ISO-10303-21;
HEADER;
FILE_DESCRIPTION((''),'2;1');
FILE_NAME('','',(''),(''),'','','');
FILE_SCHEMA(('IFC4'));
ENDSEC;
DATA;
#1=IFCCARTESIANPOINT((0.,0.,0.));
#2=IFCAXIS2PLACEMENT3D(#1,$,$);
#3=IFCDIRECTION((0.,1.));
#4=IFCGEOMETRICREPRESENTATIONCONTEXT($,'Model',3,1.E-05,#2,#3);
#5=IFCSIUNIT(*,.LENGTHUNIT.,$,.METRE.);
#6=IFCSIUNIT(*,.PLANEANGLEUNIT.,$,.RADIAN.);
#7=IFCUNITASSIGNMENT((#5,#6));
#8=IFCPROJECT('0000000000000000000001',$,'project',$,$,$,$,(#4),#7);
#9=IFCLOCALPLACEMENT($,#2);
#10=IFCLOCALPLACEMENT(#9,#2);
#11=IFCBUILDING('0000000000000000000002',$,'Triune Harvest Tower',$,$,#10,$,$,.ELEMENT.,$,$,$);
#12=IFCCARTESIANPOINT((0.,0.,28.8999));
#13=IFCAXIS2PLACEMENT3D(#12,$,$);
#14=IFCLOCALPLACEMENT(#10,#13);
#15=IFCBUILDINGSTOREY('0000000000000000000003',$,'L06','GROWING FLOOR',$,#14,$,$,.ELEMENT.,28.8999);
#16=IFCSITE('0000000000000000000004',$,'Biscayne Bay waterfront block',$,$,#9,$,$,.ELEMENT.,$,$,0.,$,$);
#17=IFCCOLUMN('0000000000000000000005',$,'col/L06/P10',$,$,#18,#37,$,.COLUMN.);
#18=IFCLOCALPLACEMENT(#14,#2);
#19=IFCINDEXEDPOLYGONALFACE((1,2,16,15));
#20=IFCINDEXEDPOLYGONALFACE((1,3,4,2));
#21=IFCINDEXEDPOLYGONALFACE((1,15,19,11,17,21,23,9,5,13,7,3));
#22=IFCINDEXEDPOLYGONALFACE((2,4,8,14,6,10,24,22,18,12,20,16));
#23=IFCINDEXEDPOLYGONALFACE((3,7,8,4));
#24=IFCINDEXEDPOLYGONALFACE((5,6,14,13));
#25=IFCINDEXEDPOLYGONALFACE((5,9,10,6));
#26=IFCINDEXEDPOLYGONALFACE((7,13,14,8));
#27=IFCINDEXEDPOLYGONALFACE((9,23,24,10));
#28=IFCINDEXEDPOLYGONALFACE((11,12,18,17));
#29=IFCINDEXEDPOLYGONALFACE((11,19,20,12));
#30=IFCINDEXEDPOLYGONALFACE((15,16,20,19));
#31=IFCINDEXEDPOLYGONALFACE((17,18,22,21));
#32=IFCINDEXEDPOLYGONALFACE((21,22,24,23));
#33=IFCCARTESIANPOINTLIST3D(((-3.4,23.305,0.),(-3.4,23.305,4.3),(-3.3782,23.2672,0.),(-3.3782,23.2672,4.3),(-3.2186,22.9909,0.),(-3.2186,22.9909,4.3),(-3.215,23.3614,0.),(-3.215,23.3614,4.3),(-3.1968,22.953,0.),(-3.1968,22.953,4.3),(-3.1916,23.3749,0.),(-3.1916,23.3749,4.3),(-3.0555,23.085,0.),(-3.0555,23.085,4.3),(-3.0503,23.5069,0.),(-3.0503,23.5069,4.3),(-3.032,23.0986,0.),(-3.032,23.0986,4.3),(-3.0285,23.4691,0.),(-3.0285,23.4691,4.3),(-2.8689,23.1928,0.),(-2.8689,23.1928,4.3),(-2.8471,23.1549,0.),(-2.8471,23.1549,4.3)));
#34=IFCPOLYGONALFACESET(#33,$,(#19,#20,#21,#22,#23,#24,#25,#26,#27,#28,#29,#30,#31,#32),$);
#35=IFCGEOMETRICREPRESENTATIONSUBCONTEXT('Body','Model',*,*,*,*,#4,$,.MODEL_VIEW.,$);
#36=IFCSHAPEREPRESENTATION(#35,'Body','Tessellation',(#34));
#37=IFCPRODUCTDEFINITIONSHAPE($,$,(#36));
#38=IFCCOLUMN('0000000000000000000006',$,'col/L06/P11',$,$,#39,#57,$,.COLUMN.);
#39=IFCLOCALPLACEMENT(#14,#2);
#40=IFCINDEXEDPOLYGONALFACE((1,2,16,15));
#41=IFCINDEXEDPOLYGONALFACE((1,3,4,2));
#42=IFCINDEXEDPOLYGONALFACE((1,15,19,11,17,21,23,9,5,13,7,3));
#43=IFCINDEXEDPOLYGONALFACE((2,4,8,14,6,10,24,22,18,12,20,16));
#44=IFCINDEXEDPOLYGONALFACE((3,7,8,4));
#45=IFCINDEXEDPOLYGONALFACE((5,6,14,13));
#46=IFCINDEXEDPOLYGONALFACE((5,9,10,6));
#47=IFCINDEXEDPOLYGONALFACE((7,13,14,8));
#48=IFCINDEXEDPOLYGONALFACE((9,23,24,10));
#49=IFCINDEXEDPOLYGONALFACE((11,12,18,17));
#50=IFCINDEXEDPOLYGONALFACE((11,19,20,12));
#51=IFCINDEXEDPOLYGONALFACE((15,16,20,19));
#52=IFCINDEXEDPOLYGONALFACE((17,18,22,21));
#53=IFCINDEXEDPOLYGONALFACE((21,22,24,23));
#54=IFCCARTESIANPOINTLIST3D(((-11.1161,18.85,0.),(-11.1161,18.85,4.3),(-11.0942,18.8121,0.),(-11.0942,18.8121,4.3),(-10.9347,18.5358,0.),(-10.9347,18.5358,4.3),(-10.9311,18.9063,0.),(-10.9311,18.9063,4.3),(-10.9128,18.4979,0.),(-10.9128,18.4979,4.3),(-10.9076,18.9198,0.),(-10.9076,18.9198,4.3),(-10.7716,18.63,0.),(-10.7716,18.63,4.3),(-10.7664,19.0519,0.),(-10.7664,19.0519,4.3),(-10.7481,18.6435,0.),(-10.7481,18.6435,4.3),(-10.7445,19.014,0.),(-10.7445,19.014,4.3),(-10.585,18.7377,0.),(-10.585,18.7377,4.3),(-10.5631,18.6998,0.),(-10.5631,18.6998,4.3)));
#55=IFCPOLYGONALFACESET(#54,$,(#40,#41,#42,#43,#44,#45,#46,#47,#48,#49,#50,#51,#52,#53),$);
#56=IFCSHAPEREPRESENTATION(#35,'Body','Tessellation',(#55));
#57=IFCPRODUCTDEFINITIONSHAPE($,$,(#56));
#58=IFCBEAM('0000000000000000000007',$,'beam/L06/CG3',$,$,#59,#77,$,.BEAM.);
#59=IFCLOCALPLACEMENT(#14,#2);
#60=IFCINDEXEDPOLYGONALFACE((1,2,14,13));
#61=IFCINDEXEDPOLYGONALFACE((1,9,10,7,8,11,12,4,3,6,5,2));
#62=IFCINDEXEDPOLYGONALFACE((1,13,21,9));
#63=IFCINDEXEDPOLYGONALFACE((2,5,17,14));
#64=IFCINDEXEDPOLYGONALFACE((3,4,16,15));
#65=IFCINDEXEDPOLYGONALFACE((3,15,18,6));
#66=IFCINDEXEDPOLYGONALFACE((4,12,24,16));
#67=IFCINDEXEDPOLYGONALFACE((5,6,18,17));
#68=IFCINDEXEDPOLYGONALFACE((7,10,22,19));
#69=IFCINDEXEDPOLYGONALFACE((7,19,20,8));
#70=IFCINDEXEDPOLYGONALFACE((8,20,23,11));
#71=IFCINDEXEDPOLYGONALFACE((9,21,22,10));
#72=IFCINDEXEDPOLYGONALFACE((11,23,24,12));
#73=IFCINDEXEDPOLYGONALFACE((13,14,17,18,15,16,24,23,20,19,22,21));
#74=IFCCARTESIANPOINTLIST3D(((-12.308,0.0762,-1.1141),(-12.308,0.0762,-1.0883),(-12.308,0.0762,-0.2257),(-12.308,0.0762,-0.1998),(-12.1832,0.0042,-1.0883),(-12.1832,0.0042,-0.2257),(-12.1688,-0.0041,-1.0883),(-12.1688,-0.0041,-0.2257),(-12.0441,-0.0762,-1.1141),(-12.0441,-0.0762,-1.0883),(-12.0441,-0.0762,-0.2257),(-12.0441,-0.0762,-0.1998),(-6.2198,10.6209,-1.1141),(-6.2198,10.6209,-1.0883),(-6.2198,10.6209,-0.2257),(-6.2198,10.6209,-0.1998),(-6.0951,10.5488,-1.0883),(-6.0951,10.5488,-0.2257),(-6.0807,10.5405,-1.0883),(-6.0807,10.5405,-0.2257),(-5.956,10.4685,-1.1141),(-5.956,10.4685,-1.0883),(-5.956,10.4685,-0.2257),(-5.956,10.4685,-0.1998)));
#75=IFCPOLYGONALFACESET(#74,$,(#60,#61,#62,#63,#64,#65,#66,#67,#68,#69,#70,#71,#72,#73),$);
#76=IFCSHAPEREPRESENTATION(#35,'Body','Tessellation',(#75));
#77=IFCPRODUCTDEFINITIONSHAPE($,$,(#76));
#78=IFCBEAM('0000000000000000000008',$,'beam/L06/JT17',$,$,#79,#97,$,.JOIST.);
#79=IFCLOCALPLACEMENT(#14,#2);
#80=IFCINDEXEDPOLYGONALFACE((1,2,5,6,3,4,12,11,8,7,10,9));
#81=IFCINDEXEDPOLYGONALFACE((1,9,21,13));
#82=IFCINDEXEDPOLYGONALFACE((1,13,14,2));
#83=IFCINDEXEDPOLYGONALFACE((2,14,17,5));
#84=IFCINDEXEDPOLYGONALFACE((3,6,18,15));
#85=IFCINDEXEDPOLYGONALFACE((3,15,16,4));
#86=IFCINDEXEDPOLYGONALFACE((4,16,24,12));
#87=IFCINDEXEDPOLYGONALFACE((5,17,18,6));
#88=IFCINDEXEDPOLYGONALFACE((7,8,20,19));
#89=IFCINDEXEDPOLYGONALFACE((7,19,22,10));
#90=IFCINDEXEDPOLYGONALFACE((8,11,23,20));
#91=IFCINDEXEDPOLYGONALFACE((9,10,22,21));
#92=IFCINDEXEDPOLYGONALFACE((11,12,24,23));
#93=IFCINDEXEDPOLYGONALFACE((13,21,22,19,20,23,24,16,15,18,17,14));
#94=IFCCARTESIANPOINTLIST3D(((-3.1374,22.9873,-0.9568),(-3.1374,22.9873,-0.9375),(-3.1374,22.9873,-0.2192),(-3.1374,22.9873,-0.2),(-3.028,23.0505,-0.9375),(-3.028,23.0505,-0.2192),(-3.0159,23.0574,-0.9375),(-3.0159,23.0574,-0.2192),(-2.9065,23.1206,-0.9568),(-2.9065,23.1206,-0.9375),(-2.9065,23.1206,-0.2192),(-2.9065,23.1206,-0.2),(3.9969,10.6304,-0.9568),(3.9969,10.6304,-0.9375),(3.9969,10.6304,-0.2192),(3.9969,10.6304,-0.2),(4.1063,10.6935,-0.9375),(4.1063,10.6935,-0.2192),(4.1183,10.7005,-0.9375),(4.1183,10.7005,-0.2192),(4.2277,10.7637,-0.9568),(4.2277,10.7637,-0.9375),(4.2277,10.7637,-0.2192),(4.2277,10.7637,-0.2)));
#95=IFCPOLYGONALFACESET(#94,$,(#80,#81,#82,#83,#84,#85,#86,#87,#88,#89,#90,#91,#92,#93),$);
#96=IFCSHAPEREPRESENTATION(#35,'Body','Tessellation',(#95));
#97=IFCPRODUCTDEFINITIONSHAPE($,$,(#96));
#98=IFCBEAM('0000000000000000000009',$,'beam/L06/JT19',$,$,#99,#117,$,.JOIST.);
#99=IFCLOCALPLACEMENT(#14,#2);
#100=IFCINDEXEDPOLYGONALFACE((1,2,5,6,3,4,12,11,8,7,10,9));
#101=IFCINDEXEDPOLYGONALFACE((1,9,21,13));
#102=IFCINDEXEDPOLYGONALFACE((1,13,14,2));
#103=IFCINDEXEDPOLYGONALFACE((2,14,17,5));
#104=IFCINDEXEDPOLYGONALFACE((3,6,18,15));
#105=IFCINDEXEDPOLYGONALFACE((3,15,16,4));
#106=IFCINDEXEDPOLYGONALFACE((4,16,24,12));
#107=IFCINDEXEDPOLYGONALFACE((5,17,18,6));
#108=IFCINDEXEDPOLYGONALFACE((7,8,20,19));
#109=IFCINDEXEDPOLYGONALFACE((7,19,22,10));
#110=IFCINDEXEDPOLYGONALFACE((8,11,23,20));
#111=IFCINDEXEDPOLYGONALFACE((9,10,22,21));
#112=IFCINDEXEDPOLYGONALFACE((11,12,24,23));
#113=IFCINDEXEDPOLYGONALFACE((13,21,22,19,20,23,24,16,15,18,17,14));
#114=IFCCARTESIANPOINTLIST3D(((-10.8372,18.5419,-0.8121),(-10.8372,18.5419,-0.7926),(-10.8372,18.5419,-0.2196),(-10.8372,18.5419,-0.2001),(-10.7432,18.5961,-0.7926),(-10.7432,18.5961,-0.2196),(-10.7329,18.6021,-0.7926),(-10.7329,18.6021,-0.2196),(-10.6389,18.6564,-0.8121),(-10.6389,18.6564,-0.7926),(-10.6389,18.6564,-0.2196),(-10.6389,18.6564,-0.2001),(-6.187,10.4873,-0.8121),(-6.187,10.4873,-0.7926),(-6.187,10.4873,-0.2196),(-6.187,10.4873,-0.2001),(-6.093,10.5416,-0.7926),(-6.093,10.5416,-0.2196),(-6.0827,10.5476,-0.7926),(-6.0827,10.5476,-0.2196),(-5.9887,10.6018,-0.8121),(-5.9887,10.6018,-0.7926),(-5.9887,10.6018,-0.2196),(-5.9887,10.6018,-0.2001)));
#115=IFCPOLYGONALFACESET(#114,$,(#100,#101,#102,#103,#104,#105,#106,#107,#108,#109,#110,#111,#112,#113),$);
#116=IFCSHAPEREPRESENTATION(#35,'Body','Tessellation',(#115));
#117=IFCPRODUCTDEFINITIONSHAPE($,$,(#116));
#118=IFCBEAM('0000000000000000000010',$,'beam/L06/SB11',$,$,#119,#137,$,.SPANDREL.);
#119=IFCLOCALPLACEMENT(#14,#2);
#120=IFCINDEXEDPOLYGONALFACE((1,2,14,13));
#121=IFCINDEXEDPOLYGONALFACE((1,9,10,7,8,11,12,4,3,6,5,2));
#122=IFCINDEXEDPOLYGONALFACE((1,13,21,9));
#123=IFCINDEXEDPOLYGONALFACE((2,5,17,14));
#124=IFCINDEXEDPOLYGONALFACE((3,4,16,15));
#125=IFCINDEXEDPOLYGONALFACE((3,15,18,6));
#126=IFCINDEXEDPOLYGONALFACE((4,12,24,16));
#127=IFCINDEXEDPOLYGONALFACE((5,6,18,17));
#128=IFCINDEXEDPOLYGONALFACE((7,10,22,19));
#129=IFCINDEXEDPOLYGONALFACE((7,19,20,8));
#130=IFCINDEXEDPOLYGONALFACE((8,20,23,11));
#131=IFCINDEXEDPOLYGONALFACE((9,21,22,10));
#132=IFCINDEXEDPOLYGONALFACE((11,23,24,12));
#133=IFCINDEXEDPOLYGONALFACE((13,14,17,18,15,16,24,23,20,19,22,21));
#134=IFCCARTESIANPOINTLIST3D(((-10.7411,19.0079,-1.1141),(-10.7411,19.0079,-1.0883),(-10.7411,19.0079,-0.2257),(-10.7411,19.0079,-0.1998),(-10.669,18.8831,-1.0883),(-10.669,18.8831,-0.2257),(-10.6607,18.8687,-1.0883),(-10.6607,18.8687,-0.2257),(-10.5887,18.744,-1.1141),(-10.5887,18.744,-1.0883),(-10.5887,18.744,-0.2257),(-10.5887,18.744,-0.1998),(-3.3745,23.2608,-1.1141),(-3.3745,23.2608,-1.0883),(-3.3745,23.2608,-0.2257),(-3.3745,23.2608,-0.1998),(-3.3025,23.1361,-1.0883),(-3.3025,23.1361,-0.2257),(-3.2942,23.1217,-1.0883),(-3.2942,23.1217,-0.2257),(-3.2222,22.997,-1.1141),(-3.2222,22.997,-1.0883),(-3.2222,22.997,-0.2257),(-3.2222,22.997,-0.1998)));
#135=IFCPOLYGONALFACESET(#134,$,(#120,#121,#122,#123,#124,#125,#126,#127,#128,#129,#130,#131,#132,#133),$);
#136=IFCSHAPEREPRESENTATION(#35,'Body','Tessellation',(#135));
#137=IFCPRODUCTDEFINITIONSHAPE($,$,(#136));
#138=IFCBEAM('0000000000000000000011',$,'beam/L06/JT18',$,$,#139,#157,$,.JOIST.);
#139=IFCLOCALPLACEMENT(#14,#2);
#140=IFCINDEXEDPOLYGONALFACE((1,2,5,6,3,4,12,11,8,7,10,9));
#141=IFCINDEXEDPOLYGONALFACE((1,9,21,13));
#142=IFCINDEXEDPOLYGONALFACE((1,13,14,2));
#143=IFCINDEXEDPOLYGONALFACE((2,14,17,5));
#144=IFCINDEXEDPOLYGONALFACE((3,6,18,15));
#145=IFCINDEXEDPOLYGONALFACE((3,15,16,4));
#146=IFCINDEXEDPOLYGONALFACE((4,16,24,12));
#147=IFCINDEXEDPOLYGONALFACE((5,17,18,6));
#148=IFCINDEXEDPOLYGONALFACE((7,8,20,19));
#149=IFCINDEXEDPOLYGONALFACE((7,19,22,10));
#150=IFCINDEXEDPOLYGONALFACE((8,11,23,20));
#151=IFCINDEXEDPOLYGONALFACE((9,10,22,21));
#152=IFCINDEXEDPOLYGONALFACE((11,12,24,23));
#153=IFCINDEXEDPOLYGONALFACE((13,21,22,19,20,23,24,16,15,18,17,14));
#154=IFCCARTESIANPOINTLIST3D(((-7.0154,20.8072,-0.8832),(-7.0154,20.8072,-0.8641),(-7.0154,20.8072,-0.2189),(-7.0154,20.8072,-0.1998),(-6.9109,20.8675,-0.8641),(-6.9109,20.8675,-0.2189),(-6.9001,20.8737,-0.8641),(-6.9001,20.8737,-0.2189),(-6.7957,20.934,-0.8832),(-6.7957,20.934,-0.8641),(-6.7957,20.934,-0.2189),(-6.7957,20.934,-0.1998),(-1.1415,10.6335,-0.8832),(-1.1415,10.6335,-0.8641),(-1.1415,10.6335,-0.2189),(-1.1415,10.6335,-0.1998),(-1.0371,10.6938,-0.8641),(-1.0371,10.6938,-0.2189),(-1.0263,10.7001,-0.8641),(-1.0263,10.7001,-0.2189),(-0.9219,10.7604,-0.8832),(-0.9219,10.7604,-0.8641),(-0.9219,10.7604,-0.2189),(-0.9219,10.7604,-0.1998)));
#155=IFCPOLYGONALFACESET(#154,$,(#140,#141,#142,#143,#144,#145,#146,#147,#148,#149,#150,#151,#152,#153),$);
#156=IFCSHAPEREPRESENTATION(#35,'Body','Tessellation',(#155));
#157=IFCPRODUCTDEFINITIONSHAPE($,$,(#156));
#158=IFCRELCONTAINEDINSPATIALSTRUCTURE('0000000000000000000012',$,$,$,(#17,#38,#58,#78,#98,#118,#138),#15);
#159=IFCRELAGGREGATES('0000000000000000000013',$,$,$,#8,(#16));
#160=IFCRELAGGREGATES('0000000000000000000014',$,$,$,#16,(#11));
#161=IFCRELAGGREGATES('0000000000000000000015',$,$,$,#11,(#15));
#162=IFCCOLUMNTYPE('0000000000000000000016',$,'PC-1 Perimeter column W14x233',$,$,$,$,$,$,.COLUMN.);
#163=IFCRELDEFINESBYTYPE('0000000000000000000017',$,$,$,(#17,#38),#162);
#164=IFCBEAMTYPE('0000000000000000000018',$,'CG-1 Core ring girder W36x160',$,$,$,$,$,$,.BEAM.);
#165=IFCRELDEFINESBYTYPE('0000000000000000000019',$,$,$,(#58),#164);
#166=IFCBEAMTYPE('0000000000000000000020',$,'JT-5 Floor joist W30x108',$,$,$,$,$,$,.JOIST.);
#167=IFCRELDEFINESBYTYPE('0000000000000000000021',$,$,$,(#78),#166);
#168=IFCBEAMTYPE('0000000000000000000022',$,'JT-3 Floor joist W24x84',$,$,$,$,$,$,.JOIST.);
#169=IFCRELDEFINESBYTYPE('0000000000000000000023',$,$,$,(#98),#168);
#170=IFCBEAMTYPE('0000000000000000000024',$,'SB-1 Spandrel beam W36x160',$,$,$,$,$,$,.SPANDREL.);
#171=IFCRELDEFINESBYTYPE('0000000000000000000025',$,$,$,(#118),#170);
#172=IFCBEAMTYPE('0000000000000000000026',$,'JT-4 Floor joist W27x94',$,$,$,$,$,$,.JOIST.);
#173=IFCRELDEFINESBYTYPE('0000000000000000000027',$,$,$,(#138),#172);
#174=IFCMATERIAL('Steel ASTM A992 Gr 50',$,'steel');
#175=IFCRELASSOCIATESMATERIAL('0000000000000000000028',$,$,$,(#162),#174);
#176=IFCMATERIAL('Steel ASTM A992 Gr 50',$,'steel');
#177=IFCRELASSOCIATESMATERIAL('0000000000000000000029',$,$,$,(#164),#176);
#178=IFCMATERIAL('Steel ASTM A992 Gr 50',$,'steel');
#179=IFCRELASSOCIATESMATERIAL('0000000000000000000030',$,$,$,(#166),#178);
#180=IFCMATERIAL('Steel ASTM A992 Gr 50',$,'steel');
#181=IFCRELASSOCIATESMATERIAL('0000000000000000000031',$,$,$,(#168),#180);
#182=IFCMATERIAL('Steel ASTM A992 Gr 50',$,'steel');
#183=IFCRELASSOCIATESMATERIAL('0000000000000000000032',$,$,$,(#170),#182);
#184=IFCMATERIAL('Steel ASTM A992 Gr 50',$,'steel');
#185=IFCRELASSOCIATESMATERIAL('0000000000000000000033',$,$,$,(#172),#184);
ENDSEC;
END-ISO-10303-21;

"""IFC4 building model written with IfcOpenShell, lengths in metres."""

from ifc_helpers import new_model, si_unit, direction, frame, origin, origin_2d, place, context, subcontext, project, spatial, i_section, extrude, source, transform, mapped, material, material_profile, profile_set, type_object, element, save


model = new_model("IFC4")

# Units and contexts
model_context = context("Model", 3, precision=1e-05, world=origin(), true_north=direction((0.0, 1.0)))
body_context = subcontext(model_context, "Body", "Model", "MODEL_VIEW")
ifc_project = project(units=[si_unit("LENGTHUNIT", "METRE"), si_unit("PLANEANGLEUNIT", "RADIAN")], contexts=[model_context])

# Site, building, storey
site_placement = place(None, origin())
site = spatial("IfcSite", under=ifc_project, at=site_placement, Name="Biscayne Bay waterfront block", CompositionType="ELEMENT", RefElevation=0.0)
building_placement = place(site_placement, origin())
building = spatial("IfcBuilding", under=site, at=building_placement, Name="Triune Harvest Tower", CompositionType="ELEMENT")
storey_placement = place(building_placement, frame((0.0, 0.0, 28.8999)))
storey = spatial("IfcBuildingStorey", under=building, at=storey_placement, Name="L06", Description="GROWING FLOOR", CompositionType="ELEMENT", Elevation=28.8999)

# Columns
ifc_material_1 = material(Name="Steel ASTM A992 Gr 50", Category="steel")
ifc_material_profile_1 = material_profile(ifc_material_1, i_section(OverallWidth=0.4038, OverallDepth=0.4065, WebThickness=0.0271, FlangeThickness=0.0437, at=origin_2d()), Name="W14x233")
ifc_profile_set_1 = profile_set([ifc_material_profile_1], Name="Steel ASTM A992 Gr 50")
column_type = type_object("IfcColumnType", Name="PC-1 Perimeter column W14x233", PredefinedType="COLUMN", material=ifc_profile_set_1)
shared_shape_1 = source(origin(), body_context, "Body", "SweptSolid", [
    extrude(i_section(OverallWidth=0.4038, OverallDepth=0.4065, WebThickness=0.0271, FlangeThickness=0.0437, at=origin_2d()), origin(), (0.0, 0.0, 1.0), 4.3),
])
for number, where, z_axis, x_axis, name in (
    (1, (-3.1235, 23.23, 0.0), (0.0, 0.0, 1.0), (-0.866025, -0.5, 0.0), "col/L06/P10"),
    (2, (-10.8396, 18.7749, 0.0), (0.0, 0.0, 1.0), (-0.866025, -0.5, 0.0), "col/L06/P11"),
):
    element("IfcColumn", number, at=place(storey_placement, frame(where, z_axis=z_axis, x_axis=x_axis)), inside=storey, type_object=column_type, Name=name, PredefinedType="COLUMN", context=body_context, shape_type="MappedRepresentation", body=[
        mapped(shared_shape_1, transform((0.0, 0.0, 0.0), scale=1.0)),
    ])

# Beams
ifc_material_2 = material(Name="Steel ASTM A992 Gr 50", Category="steel")
ifc_material_profile_2 = material_profile(ifc_material_2, i_section(OverallWidth=0.3047, OverallDepth=0.9143, WebThickness=0.0166, FlangeThickness=0.0259, at=origin_2d()), Name="W36x160")
ifc_profile_set_2 = profile_set([ifc_material_profile_2], Name="Steel ASTM A992 Gr 50")
beam_type_1 = type_object("IfcBeamType", Name="CG-1 Core ring girder W36x160", PredefinedType="BEAM", material=ifc_profile_set_2)
shared_shape_2 = source(origin(), body_context, "Body", "SweptSolid", [
    extrude(i_section(OverallWidth=0.3047, OverallDepth=0.9143, WebThickness=0.0166, FlangeThickness=0.0259, at=origin_2d()), origin(), (0.0, 0.0, 1.0), 12.176),
])
beam_1_placement = place(storey_placement, frame((-6.0879, 10.5447, -0.657), z_axis=(-0.50001, -0.86602, 0.0), x_axis=(0.86602, -0.50001, 0.0)))
element("IfcBeam", 3, at=beam_1_placement, inside=storey, type_object=beam_type_1, Name="beam/L06/CG3", PredefinedType="BEAM", context=body_context, shape_type="MappedRepresentation", body=[
    mapped(shared_shape_2, transform((0.0, 0.0, 0.0), scale=1.0)),
])
ifc_material_3 = material(Name="Steel ASTM A992 Gr 50", Category="steel")
ifc_material_profile_3 = material_profile(ifc_material_3, i_section(OverallWidth=0.2666, OverallDepth=0.7568, WebThickness=0.0139, FlangeThickness=0.0193, at=origin_2d()), Name="W30x108")
ifc_profile_set_3 = profile_set([ifc_material_profile_3], Name="Steel ASTM A992 Gr 50")
beam_type_2 = type_object("IfcBeamType", Name="JT-5 Floor joist W30x108", PredefinedType="JOIST", material=ifc_profile_set_3)
shared_shape_3 = source(origin(), body_context, "Body", "SweptSolid", [
    extrude(i_section(OverallWidth=0.2666, OverallDepth=0.7568, WebThickness=0.0139, FlangeThickness=0.0193, at=origin_2d()), origin(), (0.0, 0.0, 1.0), 14.2686),
])
beam_2_placement = place(storey_placement, frame((-3.022, 23.054, -0.5784), z_axis=(0.5, -0.866025, 0.0), x_axis=(0.866025, 0.5, 0.0)))
element("IfcBeam", 4, at=beam_2_placement, inside=storey, type_object=beam_type_2, Name="beam/L06/JT17", PredefinedType="JOIST", context=body_context, shape_type="MappedRepresentation", body=[
    mapped(shared_shape_3, transform((0.0, 0.0, 0.0), scale=1.0)),
])
ifc_material_4 = material(Name="Steel ASTM A992 Gr 50", Category="steel")
ifc_material_profile_4 = material_profile(ifc_material_4, i_section(OverallWidth=0.229, OverallDepth=0.6121, WebThickness=0.012, FlangeThickness=0.0195, at=origin_2d()), Name="W24x84")
ifc_profile_set_4 = profile_set([ifc_material_profile_4], Name="Steel ASTM A992 Gr 50")
beam_type_3 = type_object("IfcBeamType", Name="JT-3 Floor joist W24x84", PredefinedType="JOIST", material=ifc_profile_set_4)
shared_shape_4 = source(origin(), body_context, "Body", "SweptSolid", [
    extrude(i_section(OverallWidth=0.229, OverallDepth=0.6121, WebThickness=0.012, FlangeThickness=0.0195, at=origin_2d()), origin(), (0.0, 0.0, 1.0), 9.3005),
])
beam_3_placement = place(storey_placement, frame((-10.738, 18.5991, -0.5061), z_axis=(0.499993, -0.86603, 0.0), x_axis=(0.86603, 0.499993, 0.0)))
element("IfcBeam", 5, at=beam_3_placement, inside=storey, type_object=beam_type_3, Name="beam/L06/JT19", PredefinedType="JOIST", context=body_context, shape_type="MappedRepresentation", body=[
    mapped(shared_shape_4, transform((0.0, 0.0, 0.0), scale=1.0)),
])
ifc_material_5 = material(Name="Steel ASTM A992 Gr 50", Category="steel")
ifc_material_profile_5 = material_profile(ifc_material_5, i_section(OverallWidth=0.3047, OverallDepth=0.9143, WebThickness=0.0166, FlangeThickness=0.0259, at=origin_2d()), Name="W36x160")
ifc_profile_set_5 = profile_set([ifc_material_profile_5], Name="Steel ASTM A992 Gr 50")
beam_type_4 = type_object("IfcBeamType", Name="SB-1 Spandrel beam W36x160", PredefinedType="SPANDREL", material=ifc_profile_set_5)
shared_shape_5 = source(origin(), body_context, "Body", "SweptSolid", [
    extrude(i_section(OverallWidth=0.3047, OverallDepth=0.9143, WebThickness=0.0166, FlangeThickness=0.0259, at=origin_2d()), origin(), (0.0, 0.0, 1.0), 8.5061),
])
beam_4_placement = place(storey_placement, frame((-3.2983, 23.1289, -0.657), z_axis=(-0.86603, -0.499992, 0.0), x_axis=(0.499992, -0.86603, 0.0)))
element("IfcBeam", 6, at=beam_4_placement, inside=storey, type_object=beam_type_4, Name="beam/L06/SB11", PredefinedType="SPANDREL", context=body_context, shape_type="MappedRepresentation", body=[
    mapped(shared_shape_5, transform((0.0, 0.0, 0.0), scale=1.0)),
])
ifc_material_6 = material(Name="Steel ASTM A992 Gr 50", Category="steel")
ifc_material_profile_6 = material_profile(ifc_material_6, i_section(OverallWidth=0.2537, OverallDepth=0.6833, WebThickness=0.0125, FlangeThickness=0.019, at=origin_2d()), Name="W27x94")
ifc_profile_set_6 = profile_set([ifc_material_profile_6], Name="Steel ASTM A992 Gr 50")
beam_type_5 = type_object("IfcBeamType", Name="JT-4 Floor joist W27x94", PredefinedType="JOIST", material=ifc_profile_set_6)
shared_shape_6 = source(origin(), body_context, "Body", "SweptSolid", [
    extrude(i_section(OverallWidth=0.2537, OverallDepth=0.6833, WebThickness=0.0125, FlangeThickness=0.019, at=origin_2d()), origin(), (0.0, 0.0, 1.0), 11.7476),
])
beam_5_placement = place(storey_placement, frame((-6.9055, 20.8706, -0.5415), z_axis=(0.500004, -0.866023, 0.0), x_axis=(0.866023, 0.500004, 0.0)))
element("IfcBeam", 7, at=beam_5_placement, inside=storey, type_object=beam_type_5, Name="beam/L06/JT18", PredefinedType="JOIST", context=body_context, shape_type="MappedRepresentation", body=[
    mapped(shared_shape_6, transform((0.0, 0.0, 0.0), scale=1.0)),
])

save(model, "model.ifc")
